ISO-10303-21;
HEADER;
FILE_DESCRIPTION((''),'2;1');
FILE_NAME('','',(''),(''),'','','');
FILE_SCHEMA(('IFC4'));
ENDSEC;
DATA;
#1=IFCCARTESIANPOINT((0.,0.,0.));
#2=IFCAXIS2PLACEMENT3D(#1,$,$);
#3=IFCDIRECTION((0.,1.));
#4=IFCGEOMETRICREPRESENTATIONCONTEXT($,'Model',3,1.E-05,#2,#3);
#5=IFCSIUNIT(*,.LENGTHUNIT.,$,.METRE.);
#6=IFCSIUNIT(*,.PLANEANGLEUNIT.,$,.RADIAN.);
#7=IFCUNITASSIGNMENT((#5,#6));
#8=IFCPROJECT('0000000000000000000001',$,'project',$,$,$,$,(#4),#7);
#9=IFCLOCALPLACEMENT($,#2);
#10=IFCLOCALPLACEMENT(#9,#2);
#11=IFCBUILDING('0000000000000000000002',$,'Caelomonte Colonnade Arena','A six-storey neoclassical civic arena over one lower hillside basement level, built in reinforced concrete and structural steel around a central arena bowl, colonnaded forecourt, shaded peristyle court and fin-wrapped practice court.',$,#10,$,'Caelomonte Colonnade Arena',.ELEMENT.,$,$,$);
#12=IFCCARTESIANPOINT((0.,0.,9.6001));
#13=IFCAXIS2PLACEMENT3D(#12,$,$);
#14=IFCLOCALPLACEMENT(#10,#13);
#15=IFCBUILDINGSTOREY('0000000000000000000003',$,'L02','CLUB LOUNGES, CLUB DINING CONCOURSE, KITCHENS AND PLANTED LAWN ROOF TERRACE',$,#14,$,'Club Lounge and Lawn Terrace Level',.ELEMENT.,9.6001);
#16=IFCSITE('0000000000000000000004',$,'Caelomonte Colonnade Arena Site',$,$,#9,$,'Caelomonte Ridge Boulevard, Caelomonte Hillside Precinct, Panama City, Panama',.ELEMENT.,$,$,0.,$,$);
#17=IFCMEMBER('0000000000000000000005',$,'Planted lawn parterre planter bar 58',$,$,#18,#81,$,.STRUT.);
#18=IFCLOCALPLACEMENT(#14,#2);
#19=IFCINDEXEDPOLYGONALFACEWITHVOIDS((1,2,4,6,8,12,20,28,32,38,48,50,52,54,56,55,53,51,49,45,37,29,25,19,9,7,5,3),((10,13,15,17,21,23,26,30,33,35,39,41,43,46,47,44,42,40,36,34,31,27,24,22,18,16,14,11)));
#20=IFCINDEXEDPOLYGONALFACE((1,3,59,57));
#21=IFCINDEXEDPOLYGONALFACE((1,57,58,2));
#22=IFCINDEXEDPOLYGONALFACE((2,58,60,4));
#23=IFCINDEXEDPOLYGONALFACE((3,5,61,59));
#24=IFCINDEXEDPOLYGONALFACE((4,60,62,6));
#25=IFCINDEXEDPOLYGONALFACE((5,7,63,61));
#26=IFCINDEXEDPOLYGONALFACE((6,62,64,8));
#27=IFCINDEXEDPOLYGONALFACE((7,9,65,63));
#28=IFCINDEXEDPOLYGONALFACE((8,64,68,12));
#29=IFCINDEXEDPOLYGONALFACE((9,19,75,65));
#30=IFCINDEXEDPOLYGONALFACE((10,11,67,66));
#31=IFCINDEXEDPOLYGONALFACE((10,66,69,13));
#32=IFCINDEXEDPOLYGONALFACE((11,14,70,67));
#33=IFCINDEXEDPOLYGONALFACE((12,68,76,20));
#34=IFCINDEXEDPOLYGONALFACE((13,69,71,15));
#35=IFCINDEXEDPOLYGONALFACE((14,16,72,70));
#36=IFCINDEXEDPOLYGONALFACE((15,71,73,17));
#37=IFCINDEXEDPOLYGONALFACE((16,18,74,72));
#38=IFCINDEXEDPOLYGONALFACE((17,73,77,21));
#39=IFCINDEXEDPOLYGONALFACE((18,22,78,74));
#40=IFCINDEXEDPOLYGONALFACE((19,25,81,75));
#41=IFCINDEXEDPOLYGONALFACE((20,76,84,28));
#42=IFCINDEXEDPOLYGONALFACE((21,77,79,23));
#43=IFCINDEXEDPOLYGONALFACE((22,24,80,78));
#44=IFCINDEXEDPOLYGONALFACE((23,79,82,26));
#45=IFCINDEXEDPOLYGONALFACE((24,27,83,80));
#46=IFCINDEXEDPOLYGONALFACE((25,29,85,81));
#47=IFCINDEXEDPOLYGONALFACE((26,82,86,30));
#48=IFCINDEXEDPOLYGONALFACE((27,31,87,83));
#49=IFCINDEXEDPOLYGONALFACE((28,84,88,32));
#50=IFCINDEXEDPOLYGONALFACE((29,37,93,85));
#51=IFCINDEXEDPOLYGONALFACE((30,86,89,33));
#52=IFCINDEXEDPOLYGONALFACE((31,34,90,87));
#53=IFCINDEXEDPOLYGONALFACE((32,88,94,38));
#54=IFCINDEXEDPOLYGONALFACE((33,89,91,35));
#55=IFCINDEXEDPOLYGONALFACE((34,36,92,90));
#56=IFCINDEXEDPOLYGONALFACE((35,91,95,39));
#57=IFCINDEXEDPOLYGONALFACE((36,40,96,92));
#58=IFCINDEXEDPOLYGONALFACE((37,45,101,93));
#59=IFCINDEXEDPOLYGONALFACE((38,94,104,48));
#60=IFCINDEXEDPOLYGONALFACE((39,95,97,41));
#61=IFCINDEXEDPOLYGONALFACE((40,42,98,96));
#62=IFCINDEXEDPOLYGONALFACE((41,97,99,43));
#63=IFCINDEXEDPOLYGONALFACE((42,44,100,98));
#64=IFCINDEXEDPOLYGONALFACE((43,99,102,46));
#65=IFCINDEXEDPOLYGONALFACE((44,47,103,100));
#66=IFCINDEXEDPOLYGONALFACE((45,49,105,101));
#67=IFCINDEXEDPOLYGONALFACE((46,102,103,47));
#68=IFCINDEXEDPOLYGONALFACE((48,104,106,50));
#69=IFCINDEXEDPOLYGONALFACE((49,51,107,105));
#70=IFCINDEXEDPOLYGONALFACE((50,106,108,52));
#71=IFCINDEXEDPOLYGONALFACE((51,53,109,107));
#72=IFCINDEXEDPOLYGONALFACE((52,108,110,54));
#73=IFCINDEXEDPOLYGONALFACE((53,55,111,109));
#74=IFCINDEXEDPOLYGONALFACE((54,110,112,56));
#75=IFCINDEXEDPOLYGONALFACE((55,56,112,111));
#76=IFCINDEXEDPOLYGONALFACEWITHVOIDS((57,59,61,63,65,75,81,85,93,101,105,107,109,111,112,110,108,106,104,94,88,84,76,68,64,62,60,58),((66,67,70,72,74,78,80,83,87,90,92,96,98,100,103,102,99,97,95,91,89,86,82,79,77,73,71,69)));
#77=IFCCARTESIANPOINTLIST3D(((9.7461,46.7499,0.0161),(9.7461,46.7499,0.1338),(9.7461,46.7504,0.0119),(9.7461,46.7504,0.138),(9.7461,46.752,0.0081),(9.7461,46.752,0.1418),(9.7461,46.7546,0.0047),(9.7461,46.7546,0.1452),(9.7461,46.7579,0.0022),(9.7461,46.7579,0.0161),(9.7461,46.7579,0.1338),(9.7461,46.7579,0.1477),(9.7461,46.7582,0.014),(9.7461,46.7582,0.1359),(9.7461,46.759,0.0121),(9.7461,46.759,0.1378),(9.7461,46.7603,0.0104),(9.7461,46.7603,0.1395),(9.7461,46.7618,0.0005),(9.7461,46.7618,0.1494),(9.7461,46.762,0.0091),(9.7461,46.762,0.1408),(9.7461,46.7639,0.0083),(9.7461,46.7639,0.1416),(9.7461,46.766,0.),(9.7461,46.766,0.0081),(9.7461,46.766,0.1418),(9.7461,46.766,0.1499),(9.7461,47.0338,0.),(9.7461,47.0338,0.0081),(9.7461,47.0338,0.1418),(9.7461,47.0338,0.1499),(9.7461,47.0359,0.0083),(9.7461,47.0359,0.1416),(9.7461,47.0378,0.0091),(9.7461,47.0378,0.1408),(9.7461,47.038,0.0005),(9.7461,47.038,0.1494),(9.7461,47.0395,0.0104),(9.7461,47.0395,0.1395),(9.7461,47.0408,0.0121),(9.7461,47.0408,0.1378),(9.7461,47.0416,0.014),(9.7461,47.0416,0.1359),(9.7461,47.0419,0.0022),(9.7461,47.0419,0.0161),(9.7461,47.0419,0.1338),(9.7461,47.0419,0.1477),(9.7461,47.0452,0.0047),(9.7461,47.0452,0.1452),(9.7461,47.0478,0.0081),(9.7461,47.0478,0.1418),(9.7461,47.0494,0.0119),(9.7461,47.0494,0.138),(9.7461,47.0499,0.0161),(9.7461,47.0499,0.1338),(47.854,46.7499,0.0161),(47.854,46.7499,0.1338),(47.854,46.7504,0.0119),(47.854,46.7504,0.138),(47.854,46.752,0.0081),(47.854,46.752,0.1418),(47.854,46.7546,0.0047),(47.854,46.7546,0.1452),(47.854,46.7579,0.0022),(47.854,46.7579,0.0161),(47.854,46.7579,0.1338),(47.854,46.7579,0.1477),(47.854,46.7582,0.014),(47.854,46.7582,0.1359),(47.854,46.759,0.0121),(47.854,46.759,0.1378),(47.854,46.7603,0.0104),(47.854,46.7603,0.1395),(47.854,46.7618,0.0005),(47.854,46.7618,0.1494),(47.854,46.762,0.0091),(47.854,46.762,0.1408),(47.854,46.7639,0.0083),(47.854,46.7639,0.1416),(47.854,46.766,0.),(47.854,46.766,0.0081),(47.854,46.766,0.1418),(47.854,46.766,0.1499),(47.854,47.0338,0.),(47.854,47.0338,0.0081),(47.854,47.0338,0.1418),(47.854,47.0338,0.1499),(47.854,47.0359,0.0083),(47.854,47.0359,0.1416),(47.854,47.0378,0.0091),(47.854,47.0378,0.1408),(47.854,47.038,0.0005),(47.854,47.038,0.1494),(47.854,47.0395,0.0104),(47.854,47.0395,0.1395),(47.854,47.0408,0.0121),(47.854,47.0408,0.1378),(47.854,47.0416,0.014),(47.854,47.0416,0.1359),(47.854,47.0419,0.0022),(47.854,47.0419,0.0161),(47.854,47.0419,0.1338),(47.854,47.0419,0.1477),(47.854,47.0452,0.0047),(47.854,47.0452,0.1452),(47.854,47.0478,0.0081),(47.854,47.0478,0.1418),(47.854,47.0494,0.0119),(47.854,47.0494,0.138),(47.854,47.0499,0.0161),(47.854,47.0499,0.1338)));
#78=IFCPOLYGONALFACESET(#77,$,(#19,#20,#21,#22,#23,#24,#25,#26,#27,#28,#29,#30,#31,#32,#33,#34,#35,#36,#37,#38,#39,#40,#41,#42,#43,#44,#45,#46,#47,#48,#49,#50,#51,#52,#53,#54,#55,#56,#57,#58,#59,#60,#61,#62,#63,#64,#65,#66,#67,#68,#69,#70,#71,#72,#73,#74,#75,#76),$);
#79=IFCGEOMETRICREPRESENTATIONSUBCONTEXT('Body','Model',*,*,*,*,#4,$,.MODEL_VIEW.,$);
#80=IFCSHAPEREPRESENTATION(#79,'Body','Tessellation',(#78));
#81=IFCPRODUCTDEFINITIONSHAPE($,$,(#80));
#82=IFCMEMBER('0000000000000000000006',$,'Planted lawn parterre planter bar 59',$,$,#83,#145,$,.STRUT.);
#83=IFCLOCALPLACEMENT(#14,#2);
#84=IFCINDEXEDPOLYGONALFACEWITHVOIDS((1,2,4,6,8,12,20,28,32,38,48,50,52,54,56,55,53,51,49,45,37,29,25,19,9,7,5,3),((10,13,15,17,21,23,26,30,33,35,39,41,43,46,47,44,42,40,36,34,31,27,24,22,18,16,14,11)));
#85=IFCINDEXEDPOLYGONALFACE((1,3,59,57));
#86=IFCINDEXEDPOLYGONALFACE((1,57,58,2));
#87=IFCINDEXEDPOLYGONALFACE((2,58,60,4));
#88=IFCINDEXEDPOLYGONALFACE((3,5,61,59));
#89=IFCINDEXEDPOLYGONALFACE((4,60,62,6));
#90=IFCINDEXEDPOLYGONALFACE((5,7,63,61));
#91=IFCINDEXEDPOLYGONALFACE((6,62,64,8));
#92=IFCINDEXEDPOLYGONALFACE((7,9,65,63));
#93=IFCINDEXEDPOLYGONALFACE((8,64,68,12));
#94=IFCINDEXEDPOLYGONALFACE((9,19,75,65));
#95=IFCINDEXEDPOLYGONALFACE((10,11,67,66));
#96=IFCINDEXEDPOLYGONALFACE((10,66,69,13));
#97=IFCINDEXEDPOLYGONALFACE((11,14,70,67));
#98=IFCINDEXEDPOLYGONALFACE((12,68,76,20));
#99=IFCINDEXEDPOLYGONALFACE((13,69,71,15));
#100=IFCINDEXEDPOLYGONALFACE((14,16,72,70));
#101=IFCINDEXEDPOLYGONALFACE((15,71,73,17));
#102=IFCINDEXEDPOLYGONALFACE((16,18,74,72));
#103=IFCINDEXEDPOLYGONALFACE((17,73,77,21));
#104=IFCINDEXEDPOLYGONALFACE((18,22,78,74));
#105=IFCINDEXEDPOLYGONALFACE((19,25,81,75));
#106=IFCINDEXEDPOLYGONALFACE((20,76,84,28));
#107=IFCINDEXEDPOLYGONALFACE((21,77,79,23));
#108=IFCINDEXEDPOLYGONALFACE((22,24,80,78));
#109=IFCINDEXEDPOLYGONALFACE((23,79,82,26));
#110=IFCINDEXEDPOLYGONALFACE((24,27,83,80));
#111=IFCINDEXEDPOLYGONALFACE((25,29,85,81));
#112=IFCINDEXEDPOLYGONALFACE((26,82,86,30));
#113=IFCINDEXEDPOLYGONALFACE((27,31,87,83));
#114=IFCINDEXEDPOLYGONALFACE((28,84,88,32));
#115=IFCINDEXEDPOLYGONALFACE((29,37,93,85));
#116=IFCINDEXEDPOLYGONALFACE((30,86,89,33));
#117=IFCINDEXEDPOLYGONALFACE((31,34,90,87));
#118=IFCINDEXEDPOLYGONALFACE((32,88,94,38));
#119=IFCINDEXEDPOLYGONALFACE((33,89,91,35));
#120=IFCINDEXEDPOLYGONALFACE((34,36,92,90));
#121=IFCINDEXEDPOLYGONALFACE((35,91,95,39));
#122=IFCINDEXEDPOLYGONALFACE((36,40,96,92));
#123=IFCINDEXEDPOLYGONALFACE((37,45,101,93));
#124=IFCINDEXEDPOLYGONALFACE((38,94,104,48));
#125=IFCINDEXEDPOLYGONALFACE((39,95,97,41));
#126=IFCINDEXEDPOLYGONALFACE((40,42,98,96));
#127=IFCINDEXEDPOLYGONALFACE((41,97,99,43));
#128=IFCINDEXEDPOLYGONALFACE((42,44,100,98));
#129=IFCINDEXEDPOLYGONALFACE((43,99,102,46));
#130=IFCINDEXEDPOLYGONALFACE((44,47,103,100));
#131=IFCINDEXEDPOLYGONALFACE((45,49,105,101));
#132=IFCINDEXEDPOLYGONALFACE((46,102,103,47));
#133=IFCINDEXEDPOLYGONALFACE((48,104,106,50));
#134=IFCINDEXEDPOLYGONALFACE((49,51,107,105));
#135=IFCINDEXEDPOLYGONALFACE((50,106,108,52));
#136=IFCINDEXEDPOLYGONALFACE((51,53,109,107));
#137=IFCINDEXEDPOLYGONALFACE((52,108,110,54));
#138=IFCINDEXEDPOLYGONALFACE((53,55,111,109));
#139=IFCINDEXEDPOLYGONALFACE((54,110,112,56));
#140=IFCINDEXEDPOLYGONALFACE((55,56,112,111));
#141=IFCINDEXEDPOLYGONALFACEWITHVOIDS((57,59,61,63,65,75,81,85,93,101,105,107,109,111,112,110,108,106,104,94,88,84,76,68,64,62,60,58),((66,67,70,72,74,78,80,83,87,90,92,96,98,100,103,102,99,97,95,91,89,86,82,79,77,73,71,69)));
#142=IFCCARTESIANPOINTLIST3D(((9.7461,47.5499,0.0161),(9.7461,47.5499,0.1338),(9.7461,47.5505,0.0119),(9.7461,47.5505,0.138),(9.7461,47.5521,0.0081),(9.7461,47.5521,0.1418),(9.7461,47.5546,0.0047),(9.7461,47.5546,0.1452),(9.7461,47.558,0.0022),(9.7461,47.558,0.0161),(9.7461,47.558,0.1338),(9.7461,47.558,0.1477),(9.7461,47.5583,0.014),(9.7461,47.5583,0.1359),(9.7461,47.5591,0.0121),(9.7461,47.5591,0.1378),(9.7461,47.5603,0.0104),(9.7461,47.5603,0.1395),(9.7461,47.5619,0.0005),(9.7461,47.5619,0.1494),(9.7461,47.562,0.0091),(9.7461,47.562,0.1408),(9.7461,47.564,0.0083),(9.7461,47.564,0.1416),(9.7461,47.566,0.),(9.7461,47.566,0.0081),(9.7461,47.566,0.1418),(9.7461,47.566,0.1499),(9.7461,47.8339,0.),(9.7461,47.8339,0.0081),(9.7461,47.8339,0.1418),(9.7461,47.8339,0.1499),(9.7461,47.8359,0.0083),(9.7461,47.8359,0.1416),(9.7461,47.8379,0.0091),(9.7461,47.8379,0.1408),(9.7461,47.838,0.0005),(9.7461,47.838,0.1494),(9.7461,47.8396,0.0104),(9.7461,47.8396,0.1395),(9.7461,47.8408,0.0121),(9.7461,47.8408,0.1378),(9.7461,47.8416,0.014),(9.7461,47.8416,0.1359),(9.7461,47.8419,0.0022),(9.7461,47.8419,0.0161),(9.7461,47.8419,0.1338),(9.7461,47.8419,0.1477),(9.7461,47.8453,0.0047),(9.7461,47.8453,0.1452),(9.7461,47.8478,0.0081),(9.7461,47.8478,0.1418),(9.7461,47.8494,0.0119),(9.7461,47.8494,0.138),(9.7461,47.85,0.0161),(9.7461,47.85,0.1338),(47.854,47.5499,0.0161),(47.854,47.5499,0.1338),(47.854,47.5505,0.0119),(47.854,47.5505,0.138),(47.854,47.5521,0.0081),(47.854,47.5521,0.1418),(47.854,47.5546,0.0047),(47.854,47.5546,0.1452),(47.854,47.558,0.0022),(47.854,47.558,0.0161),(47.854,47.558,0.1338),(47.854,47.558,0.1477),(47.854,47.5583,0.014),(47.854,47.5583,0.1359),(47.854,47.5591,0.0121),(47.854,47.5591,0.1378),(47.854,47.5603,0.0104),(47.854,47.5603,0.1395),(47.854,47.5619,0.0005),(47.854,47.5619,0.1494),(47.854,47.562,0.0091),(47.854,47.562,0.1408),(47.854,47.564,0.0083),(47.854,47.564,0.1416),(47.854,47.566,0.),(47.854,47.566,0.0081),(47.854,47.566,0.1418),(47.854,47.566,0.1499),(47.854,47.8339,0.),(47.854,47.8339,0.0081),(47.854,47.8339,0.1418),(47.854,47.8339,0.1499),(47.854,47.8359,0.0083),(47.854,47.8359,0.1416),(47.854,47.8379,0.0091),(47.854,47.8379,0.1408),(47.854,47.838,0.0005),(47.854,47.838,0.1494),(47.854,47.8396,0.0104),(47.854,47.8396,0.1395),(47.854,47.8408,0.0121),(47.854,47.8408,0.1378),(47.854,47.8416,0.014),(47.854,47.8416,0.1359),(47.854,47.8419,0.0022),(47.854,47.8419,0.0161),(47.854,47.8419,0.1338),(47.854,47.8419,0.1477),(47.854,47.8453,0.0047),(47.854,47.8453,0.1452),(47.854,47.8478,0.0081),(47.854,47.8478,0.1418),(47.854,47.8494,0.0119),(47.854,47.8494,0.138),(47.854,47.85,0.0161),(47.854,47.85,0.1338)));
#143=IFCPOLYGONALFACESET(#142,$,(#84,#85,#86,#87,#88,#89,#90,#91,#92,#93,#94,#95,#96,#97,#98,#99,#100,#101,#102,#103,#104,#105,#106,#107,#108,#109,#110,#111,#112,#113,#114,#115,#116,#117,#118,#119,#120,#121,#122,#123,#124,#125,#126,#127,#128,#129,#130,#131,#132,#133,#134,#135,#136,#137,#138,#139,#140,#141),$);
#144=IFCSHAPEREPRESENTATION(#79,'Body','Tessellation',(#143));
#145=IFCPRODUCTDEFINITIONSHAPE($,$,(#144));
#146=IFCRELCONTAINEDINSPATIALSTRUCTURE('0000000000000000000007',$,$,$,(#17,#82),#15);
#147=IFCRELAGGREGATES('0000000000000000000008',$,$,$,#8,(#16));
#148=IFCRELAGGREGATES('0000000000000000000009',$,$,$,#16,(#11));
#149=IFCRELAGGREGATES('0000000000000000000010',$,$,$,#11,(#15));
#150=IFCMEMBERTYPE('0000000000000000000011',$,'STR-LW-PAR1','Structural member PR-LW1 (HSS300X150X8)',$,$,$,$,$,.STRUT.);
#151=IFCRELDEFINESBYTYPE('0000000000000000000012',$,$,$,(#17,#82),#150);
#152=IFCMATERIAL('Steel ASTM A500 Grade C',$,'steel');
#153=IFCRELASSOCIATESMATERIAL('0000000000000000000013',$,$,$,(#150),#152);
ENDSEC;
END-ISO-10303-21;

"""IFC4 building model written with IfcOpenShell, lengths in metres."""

from ifc_helpers import new_model, si_unit, direction, frame, origin, origin_2d, place, context, subcontext, project, spatial, hollow_rectangle, extrude, material, material_profile, profile_set, type_object, element, save


model = new_model("IFC4")

# Units and contexts
model_context = context("Model", 3, precision=1e-05, world=origin(), true_north=direction((0.0, 1.0)))
body_context = subcontext(model_context, "Body", "Model", "MODEL_VIEW")
ifc_project = project(units=[si_unit("LENGTHUNIT", "METRE"), si_unit("PLANEANGLEUNIT", "RADIAN")], contexts=[model_context])

# Site, building, storey
site_placement = place(None, origin())
site = spatial("IfcSite", under=ifc_project, at=site_placement, Name="Caelomonte Colonnade Arena Site", LongName="Caelomonte Ridge Boulevard, Caelomonte Hillside Precinct, Panama City, Panama", CompositionType="ELEMENT", RefElevation=0.0)
building_placement = place(site_placement, origin())
building = spatial("IfcBuilding", under=site, at=building_placement, Name="Caelomonte Colonnade Arena", Description="A six-storey neoclassical civic arena over one lower hillside basement level, built in reinforced concrete and structural steel around a central arena bowl, colonnaded forecourt, shaded peristyle court and fin-wrapped practice court.", LongName="Caelomonte Colonnade Arena", CompositionType="ELEMENT")
storey_placement = place(building_placement, frame((0.0, 0.0, 9.6001)))
storey = spatial("IfcBuildingStorey", under=building, at=storey_placement, Name="L02", Description="CLUB LOUNGES, CLUB DINING CONCOURSE, KITCHENS AND PLANTED LAWN ROOF TERRACE", LongName="Club Lounge and Lawn Terrace Level", CompositionType="ELEMENT", Elevation=9.6001)

# Members
ifc_material_1 = material(Name="Steel ASTM A500 Grade C", Category="steel")
ifc_material_profile_1 = material_profile(ifc_material_1, hollow_rectangle(XDim=0.3, YDim=0.1499, WallThickness=0.0081, InnerFilletRadius=0.0081, OuterFilletRadius=0.0161, at=origin_2d()), Name="HSS300X150X8")
ifc_profile_set_1 = profile_set([ifc_material_profile_1], Name="Steel ASTM A500 Grade C")
member_type_1 = type_object("IfcMemberType", Name="STR-LW-PAR1", Description="Structural member PR-LW1 (HSS300X150X8)", PredefinedType="STRUT", material=ifc_profile_set_1)
for number, where, z_axis, x_axis, name in (
    (1, (9.7461, 46.8999, 0.075), (1.0, 0.0, 0.0), (0.0, 1.0, 0.0), "Planted lawn parterre planter bar 58"),
    (2, (9.7461, 47.7, 0.075), (1.0, 0.0, 0.0), (0.0, 1.0, 0.0), "Planted lawn parterre planter bar 59"),
):
    element("IfcMember", number, at=place(storey_placement, frame(where, z_axis=z_axis, x_axis=x_axis)), inside=storey, type_object=member_type_1, Name=name, PredefinedType="STRUT", context=body_context, shape_type="SweptSolid", body=[
        extrude(hollow_rectangle(XDim=0.3, YDim=0.1499, WallThickness=0.0081, InnerFilletRadius=0.0081, OuterFilletRadius=0.0161, at=origin_2d()), origin(), (0.0, 0.0, 1.0), 38.1079),
    ])

save(model, "model.ifc")
